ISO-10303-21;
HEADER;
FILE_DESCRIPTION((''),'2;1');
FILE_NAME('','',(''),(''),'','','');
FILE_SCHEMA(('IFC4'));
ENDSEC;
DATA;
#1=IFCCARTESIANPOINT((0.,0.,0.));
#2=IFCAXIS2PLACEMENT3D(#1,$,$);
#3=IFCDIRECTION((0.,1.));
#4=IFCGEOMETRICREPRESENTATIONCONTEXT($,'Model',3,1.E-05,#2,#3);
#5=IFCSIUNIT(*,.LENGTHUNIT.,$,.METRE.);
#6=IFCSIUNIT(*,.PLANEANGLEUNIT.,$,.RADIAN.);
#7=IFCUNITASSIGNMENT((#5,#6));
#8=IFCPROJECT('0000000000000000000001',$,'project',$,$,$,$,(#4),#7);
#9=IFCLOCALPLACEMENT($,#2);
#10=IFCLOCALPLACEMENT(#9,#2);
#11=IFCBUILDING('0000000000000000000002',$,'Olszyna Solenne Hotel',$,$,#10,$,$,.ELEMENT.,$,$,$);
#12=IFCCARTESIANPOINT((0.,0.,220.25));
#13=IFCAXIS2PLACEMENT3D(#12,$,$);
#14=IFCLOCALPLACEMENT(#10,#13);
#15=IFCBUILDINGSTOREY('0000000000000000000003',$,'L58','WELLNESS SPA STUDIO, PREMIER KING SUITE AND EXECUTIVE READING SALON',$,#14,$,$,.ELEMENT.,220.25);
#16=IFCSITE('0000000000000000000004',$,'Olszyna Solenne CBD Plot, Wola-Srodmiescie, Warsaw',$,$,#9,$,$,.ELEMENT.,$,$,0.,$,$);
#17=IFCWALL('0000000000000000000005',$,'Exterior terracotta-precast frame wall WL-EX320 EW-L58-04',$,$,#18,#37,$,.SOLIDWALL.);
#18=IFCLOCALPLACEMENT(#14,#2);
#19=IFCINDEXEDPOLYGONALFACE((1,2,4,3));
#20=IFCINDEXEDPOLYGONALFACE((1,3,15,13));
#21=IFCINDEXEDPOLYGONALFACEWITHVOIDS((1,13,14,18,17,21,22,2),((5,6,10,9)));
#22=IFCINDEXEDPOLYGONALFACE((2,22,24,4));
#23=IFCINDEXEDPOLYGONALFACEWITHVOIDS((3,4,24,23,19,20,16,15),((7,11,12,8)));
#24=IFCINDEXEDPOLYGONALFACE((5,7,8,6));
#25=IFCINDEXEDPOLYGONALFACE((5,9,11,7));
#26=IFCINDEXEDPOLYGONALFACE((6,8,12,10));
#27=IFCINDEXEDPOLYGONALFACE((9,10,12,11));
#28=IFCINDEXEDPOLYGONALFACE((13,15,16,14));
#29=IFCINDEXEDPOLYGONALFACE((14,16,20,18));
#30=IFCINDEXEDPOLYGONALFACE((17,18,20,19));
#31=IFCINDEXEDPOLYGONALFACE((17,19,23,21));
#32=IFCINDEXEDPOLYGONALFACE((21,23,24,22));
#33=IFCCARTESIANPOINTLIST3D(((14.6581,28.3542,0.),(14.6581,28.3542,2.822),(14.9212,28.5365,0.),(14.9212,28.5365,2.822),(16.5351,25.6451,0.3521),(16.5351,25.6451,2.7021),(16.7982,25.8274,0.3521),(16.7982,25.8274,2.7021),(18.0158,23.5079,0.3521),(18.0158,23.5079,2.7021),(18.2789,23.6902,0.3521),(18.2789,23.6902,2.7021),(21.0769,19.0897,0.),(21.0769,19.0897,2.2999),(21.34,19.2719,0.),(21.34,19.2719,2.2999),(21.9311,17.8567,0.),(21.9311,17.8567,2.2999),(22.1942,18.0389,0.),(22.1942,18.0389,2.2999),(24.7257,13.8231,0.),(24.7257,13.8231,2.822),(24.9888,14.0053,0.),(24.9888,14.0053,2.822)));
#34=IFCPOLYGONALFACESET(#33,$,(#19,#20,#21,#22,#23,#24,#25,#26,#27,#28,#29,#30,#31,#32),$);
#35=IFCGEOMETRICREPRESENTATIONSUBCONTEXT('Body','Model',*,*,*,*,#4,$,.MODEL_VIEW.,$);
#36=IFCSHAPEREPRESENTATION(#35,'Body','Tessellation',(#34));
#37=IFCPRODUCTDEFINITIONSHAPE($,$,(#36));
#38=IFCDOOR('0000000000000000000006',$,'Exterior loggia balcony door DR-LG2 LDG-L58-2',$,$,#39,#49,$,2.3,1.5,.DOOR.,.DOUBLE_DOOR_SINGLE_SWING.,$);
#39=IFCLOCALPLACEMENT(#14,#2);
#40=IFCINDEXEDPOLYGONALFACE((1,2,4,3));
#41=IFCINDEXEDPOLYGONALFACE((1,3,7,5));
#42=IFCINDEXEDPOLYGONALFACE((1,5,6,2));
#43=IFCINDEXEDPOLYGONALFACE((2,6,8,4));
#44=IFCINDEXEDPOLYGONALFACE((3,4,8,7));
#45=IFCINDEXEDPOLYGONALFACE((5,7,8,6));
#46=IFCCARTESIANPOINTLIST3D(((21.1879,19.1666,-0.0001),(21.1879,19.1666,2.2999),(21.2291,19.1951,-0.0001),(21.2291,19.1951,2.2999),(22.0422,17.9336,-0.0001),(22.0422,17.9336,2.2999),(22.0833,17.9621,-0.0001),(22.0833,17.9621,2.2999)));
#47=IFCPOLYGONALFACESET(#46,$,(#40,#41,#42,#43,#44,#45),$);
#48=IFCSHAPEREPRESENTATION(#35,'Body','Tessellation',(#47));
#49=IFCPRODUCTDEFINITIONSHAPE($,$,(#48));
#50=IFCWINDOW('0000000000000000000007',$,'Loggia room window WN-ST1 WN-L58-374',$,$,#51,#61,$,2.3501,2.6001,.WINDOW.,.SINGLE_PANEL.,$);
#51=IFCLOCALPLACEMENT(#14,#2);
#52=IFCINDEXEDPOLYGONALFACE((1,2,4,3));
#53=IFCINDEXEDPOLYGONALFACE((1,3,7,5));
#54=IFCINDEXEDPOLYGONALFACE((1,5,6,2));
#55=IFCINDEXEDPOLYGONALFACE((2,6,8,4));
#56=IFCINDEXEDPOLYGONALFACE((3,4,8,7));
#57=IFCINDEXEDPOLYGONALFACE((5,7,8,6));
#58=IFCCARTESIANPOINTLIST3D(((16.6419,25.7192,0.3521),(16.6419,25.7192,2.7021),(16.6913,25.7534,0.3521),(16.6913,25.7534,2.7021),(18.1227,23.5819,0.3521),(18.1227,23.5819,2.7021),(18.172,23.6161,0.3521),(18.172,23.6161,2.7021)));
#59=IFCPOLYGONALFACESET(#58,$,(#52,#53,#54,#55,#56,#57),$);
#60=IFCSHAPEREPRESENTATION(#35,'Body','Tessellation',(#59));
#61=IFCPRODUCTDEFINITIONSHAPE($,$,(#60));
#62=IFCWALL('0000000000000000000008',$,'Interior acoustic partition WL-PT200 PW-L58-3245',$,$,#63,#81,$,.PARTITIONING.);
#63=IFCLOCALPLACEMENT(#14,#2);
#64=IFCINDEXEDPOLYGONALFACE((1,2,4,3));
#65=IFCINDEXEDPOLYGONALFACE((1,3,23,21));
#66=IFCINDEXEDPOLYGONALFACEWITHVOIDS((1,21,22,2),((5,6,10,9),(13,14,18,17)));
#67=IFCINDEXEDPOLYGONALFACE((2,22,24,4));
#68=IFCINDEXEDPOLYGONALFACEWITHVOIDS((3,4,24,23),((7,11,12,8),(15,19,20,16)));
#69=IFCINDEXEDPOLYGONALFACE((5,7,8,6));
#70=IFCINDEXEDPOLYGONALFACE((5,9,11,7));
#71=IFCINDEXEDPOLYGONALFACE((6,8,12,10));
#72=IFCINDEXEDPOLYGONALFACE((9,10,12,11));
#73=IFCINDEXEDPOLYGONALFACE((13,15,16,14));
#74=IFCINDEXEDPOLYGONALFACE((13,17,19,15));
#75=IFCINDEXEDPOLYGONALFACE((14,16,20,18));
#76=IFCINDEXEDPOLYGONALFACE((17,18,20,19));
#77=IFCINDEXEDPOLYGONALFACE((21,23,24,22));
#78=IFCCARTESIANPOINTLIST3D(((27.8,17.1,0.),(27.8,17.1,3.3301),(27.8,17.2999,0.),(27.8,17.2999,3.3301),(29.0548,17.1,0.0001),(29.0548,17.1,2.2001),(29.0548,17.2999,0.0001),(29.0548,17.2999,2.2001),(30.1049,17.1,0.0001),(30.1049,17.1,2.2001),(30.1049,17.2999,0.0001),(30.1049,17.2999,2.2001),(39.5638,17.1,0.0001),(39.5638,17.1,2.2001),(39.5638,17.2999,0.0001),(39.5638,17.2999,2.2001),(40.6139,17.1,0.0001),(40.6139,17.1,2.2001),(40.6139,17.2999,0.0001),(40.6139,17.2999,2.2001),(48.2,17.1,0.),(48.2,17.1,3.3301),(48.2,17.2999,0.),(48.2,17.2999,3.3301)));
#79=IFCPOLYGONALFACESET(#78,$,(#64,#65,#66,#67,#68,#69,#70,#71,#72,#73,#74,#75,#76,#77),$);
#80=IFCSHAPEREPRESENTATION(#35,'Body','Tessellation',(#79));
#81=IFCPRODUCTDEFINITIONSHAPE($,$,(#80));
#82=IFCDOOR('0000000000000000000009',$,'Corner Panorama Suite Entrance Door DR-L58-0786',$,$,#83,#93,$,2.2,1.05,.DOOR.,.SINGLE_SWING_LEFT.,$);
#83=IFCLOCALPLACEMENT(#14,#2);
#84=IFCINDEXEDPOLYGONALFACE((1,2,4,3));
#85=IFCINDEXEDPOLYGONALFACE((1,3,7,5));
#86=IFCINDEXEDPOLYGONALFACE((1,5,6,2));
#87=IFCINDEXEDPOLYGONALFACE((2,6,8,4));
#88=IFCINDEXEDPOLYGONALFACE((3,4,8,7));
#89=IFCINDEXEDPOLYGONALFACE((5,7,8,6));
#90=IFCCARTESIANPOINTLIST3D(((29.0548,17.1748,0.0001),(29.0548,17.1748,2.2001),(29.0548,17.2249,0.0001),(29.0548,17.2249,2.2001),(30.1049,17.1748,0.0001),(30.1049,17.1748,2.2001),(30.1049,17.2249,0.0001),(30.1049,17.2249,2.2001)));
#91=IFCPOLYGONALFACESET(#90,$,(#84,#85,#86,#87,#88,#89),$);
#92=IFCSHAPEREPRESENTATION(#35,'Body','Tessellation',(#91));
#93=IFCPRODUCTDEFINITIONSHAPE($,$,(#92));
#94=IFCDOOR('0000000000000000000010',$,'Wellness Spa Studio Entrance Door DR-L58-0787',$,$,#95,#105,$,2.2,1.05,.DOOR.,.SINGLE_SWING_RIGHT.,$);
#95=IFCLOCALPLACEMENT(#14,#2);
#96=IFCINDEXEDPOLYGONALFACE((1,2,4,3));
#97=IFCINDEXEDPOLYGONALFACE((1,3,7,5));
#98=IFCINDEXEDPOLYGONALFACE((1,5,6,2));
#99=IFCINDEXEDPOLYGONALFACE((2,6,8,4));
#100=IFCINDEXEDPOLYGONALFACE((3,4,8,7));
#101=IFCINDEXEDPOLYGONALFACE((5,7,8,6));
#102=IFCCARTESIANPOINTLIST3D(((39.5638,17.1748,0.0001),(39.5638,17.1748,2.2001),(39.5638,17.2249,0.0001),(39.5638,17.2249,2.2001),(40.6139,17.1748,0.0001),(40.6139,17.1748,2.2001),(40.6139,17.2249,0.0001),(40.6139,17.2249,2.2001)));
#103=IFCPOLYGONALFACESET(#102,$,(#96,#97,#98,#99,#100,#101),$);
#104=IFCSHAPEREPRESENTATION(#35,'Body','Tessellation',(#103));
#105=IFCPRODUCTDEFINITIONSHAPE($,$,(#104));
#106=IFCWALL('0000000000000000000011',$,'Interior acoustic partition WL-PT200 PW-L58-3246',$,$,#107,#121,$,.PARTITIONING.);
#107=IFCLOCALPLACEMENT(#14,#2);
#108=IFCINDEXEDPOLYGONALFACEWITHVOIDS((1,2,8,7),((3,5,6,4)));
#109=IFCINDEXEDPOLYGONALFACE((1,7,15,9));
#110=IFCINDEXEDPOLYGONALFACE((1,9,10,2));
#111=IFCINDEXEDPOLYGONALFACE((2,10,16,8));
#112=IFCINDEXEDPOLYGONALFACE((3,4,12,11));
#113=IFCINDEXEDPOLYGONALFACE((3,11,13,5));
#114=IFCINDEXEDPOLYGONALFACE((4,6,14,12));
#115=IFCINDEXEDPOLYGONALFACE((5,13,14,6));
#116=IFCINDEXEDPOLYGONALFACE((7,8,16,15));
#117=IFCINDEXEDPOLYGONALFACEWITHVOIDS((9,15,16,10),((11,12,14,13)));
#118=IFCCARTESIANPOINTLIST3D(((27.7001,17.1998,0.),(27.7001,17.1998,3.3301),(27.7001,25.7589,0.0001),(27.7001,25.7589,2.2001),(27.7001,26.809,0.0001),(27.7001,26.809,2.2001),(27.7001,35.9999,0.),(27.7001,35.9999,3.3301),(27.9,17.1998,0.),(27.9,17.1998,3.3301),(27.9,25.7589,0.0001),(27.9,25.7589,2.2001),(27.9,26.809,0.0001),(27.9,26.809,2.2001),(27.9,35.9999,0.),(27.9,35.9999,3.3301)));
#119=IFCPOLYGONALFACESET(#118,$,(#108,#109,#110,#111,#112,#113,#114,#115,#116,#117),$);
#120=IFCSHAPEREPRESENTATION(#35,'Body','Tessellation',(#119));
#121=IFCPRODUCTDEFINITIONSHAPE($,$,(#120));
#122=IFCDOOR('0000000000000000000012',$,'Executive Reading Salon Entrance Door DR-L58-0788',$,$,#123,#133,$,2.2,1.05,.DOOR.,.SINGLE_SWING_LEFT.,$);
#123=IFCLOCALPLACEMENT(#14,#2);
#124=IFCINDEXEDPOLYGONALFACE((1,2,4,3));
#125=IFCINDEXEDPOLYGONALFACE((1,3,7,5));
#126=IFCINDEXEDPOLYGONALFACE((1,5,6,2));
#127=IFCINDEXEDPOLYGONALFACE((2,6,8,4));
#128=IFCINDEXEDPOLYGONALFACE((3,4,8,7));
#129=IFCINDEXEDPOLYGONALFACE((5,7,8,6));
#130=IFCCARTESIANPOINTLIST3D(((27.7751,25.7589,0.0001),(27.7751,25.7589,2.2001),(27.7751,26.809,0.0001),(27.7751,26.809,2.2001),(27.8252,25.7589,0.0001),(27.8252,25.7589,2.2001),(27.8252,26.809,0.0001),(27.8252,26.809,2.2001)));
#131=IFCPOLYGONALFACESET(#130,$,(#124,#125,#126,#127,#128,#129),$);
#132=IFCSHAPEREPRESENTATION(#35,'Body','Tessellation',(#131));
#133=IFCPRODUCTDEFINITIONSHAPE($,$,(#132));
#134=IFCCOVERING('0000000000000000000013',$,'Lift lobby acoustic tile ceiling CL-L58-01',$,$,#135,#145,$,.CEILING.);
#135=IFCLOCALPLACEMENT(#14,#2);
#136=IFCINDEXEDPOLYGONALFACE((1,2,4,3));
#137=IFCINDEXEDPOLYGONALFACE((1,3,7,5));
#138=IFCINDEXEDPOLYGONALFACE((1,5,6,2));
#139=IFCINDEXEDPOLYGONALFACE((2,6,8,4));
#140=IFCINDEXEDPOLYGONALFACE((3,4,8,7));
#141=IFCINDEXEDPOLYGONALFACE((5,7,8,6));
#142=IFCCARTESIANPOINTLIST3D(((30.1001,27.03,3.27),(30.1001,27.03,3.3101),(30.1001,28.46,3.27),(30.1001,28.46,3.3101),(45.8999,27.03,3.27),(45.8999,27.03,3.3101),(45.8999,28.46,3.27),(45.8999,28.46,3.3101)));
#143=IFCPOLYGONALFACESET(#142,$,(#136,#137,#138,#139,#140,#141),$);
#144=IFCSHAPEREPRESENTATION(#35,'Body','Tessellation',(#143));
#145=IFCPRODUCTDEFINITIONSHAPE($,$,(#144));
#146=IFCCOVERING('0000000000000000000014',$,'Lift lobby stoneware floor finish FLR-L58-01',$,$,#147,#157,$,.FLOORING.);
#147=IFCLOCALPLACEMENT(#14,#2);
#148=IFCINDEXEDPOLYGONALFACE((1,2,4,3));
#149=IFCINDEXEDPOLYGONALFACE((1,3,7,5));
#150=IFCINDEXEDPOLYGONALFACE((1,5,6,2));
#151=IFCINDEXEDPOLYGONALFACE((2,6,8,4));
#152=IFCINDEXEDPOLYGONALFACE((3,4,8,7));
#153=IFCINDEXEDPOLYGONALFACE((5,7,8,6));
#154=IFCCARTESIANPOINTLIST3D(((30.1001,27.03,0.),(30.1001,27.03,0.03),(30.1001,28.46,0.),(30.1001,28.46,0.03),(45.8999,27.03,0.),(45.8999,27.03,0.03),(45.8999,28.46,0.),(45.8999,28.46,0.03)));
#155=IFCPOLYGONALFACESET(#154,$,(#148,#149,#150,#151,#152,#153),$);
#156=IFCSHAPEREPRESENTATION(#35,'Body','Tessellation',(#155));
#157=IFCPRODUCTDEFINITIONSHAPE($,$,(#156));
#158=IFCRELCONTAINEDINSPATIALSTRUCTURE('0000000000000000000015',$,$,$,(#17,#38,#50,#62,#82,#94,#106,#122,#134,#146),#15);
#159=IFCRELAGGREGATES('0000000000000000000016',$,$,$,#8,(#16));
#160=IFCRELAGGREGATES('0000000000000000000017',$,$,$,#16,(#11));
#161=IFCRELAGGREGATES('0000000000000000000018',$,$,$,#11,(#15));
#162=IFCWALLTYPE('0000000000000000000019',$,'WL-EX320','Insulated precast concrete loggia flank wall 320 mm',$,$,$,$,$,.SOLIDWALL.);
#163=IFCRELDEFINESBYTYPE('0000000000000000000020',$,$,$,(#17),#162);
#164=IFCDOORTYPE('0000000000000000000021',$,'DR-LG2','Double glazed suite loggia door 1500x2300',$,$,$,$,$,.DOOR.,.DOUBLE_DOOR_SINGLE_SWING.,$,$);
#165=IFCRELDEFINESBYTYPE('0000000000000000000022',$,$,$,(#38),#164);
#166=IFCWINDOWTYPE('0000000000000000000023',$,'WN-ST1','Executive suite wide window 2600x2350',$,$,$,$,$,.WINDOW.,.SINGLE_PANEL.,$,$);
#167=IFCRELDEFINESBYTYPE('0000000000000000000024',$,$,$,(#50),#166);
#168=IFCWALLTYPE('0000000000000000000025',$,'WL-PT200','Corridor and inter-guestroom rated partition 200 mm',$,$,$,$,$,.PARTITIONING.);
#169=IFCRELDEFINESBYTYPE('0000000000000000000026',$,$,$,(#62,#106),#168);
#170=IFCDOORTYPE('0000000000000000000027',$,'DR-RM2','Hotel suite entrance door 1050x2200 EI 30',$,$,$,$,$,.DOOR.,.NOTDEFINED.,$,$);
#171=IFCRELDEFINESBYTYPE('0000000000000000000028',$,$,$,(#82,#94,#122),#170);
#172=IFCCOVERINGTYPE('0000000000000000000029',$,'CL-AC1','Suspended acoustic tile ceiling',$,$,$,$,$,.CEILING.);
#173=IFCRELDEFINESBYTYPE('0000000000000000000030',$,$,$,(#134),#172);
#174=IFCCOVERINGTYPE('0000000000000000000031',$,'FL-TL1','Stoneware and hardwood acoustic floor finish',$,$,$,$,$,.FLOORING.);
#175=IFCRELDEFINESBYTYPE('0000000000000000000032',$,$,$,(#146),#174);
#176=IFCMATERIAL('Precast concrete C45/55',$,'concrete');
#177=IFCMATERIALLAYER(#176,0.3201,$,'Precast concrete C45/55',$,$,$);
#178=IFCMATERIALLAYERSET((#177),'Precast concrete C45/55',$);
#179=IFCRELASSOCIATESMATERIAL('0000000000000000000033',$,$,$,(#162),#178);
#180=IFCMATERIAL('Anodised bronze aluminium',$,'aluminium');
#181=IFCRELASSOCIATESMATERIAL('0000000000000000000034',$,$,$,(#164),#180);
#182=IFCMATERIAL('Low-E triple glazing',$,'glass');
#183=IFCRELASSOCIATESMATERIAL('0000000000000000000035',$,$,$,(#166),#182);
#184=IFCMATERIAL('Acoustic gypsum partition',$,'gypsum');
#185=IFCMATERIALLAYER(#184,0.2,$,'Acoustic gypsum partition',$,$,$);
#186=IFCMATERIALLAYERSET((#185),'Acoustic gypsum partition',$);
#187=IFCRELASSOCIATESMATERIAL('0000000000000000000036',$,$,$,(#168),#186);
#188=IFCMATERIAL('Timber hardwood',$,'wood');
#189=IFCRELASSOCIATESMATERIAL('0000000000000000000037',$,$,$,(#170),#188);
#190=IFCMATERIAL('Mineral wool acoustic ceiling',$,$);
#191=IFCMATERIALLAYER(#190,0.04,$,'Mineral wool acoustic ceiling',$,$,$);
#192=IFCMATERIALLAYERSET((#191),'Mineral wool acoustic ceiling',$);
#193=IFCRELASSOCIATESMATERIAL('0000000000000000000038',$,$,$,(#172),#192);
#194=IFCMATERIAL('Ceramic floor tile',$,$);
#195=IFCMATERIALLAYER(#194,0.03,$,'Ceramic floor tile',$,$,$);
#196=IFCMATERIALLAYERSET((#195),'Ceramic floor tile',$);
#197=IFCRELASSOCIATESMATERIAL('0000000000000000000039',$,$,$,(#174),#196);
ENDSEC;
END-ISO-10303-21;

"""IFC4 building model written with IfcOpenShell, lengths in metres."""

from ifc_helpers import new_model, si_unit, direction, frame, frame_2d, origin, place, context, subcontext, project, spatial, polyline, rectangle, outline, extrude, source, transform, mapped, material, layer, layer_set, type_object, type_shapes, element, fill, save


model = new_model("IFC4")

# Units and contexts
model_context = context("Model", 3, precision=1e-05, world=origin(), true_north=direction((0.0, 1.0)))
body_context = subcontext(model_context, "Body", "Model", "MODEL_VIEW")
ifc_project = project(units=[si_unit("LENGTHUNIT", "METRE"), si_unit("PLANEANGLEUNIT", "RADIAN")], contexts=[model_context])

# Site, building, storey
site_placement = place(None, origin())
site = spatial("IfcSite", under=ifc_project, at=site_placement, Name="Olszyna Solenne CBD Plot, Wola-Srodmiescie, Warsaw", CompositionType="ELEMENT", RefElevation=0.0)
building_placement = place(site_placement, origin())
building = spatial("IfcBuilding", under=site, at=building_placement, Name="Olszyna Solenne Hotel", CompositionType="ELEMENT")
storey_placement = place(building_placement, frame((0.0, 0.0, 220.25)))
storey = spatial("IfcBuildingStorey", under=building, at=storey_placement, Name="L58", Description="WELLNESS SPA STUDIO, PREMIER KING SUITE AND EXECUTIVE READING SALON", CompositionType="ELEMENT", Elevation=220.25)

# Shared definitions
ifc_material_1 = material(Name="Anodised bronze aluminium", Category="aluminium")

# Shared definitions
ifc_material_2 = material(Name="Precast concrete C45/55", Category="concrete")

# Shared definitions
ifc_material_3 = material(Name="Low-E triple glazing", Category="glass")

# Wall, openings, door, window
ifc_layer_1 = layer(ifc_material_2, 0.3201, Name="Precast concrete C45/55")
ifc_layer_set_1 = layer_set([ifc_layer_1], Name="Precast concrete C45/55")
wall_type_1 = type_object("IfcWallType", Name="WL-EX320", Description="Insulated precast concrete loggia flank wall 320 mm", PredefinedType="SOLIDWALL", material=ifc_layer_set_1)
wall_1_placement = place(storey_placement, frame((24.8572, 13.9143, 0.0), z_axis=(0.0, 0.0, 1.0), x_axis=(-0.569498, 0.821993, 0.0)))
wall_1 = element("IfcWall", 1, at=wall_1_placement, inside=storey, type_object=wall_type_1, Name="Exterior terracotta-precast frame wall WL-EX320 EW-L58-04", PredefinedType="SOLIDWALL", context=body_context, shape_type="SweptSolid", body=[
    extrude(rectangle(XDim=17.678, YDim=0.3201, at=frame_2d((8.8389, 0.0))), origin(), (0.0, 0.0, 1.0), 2.822),
])
opening_1_placement = place(wall_1_placement, frame((4.907, 0.0, 0.0)))
opening_1 = element("IfcOpeningElement", 2, at=opening_1_placement, cuts=wall_1, PredefinedType="OPENING", context=body_context, shape_type="SweptSolid", body=[
    extrude(rectangle(XDim=1.5, YDim=2.3, at=frame_2d((0.75, 1.1499))), frame((0.0, 0.1699, 0.0), z_axis=(0.0, -1.0, 0.0), x_axis=(1.0, 0.0, 0.0)), (0.0, 0.0, 1.0), 0.3401),
])
opening_2_placement = place(wall_1_placement, frame((11.782, 0.0, 0.3521)))
opening_2 = element("IfcOpeningElement", 3, at=opening_2_placement, cuts=wall_1, PredefinedType="OPENING", context=body_context, shape_type="SweptSolid", body=[
    extrude(rectangle(XDim=2.6001, YDim=2.3501, at=frame_2d((1.3, 1.175))), frame((0.0, 0.1699, 0.0), z_axis=(0.0, -1.0, 0.0), x_axis=(1.0, 0.0, 0.0)), (0.0, 0.0, 1.0), 0.3401),
])
door_type_1 = type_object("IfcDoorType", Name="DR-LG2", Description="Double glazed suite loggia door 1500x2300", OperationType="DOUBLE_DOOR_SINGLE_SWING", PredefinedType="DOOR", material=ifc_material_1)
shared_shape_1 = source(origin(), body_context, "Body", "SweptSolid", [
    extrude(rectangle(XDim=1.5, YDim=2.3, at=frame_2d((0.75, 1.1499))), frame((0.0, 0.0249, 0.0), z_axis=(0.0, -1.0, 0.0), x_axis=(1.0, 0.0, 0.0)), (0.0, 0.0, 1.0), 0.05),
])
type_shapes(door_type_1, [shared_shape_1])
door_1_placement = place(opening_1_placement, origin())
door_1 = element("IfcDoor", 4, at=door_1_placement, inside=storey, type_object=door_type_1, Name="Exterior loggia balcony door DR-LG2 LDG-L58-2", OperationType="DOUBLE_DOOR_SINGLE_SWING", OverallHeight=2.3, OverallWidth=1.5, PredefinedType="DOOR", context=body_context, shape_type="MappedRepresentation", body=[
    mapped(shared_shape_1, transform((0.0, 0.0, 0.0), x_axis=(1.0, 0.0, 0.0), y_axis=(0.0, 1.0, 0.0), z_axis=(0.0, 0.0, 1.0), scale=1.0)),
])
fill(opening_1, door_1)
window_type = type_object("IfcWindowType", Name="WN-ST1", Description="Executive suite wide window 2600x2350", PartitioningType="SINGLE_PANEL", PredefinedType="WINDOW", material=ifc_material_3)
shared_shape_2 = source(origin(), body_context, "Body", "SweptSolid", [
    extrude(rectangle(XDim=2.6001, YDim=2.3501, at=frame_2d((1.3, 1.175))), frame((0.0, 0.03, 0.0), z_axis=(0.0, -1.0, 0.0), x_axis=(1.0, 0.0, 0.0)), (0.0, 0.0, 1.0), 0.0601),
])
type_shapes(window_type, [shared_shape_2])
window_placement = place(opening_2_placement, origin())
window = element("IfcWindow", 5, at=window_placement, inside=storey, type_object=window_type, Name="Loggia room window WN-ST1 WN-L58-374", OverallHeight=2.3501, OverallWidth=2.6001, PartitioningType="SINGLE_PANEL", PredefinedType="WINDOW", context=body_context, shape_type="MappedRepresentation", body=[
    mapped(shared_shape_2, transform((0.0, 0.0, 0.0), x_axis=(1.0, 0.0, 0.0), y_axis=(0.0, 1.0, 0.0), z_axis=(0.0, 0.0, 1.0), scale=1.0)),
])
fill(opening_2, window)

# Wall, openings, doors
ifc_material_4 = material(Name="Acoustic gypsum partition", Category="gypsum")
ifc_layer_2 = layer(ifc_material_4, 0.2, Name="Acoustic gypsum partition")
ifc_layer_set_2 = layer_set([ifc_layer_2], Name="Acoustic gypsum partition")
wall_type_2 = type_object("IfcWallType", Name="WL-PT200", Description="Corridor and inter-guestroom rated partition 200 mm", PredefinedType="PARTITIONING", material=ifc_layer_set_2)
wall_2_placement = place(storey_placement, frame((27.8, 17.2, 0.0), z_axis=(0.0, 0.0, 1.0), x_axis=(1.0, 0.0, 0.0)))
wall_2 = element("IfcWall", 6, at=wall_2_placement, inside=storey, type_object=wall_type_2, Name="Interior acoustic partition WL-PT200 PW-L58-3245", PredefinedType="PARTITIONING", context=body_context, shape_type="SweptSolid", body=[
    extrude(rectangle(XDim=20.3999, YDim=0.2, at=frame_2d((10.2, 0.0))), origin(), (0.0, 0.0, 1.0), 3.3301),
])
opening_3_placement = place(wall_2_placement, frame((1.2549, 0.0, 0.0)))
opening_3 = element("IfcOpeningElement", 7, at=opening_3_placement, cuts=wall_2, PredefinedType="OPENING", context=body_context, shape_type="SweptSolid", body=[
    extrude(rectangle(XDim=1.05, YDim=2.2, at=frame_2d((0.5249, 1.1001))), frame((0.0, 0.1099, 0.0), z_axis=(0.0, -1.0, 0.0), x_axis=(1.0, 0.0, 0.0)), (0.0, 0.0, 1.0), 0.22),
])
opening_4_placement = place(wall_2_placement, frame((11.7639, 0.0, 0.0)))
opening_4 = element("IfcOpeningElement", 8, at=opening_4_placement, cuts=wall_2, PredefinedType="OPENING", context=body_context, shape_type="SweptSolid", body=[
    extrude(rectangle(XDim=1.05, YDim=2.2, at=frame_2d((0.5249, 1.1001))), frame((0.0, 0.1099, 0.0), z_axis=(0.0, -1.0, 0.0), x_axis=(1.0, 0.0, 0.0)), (0.0, 0.0, 1.0), 0.22),
])
ifc_material_5 = material(Name="Timber hardwood", Category="wood")
door_type_2 = type_object("IfcDoorType", Name="DR-RM2", Description="Hotel suite entrance door 1050x2200 EI 30", OperationType="NOTDEFINED", PredefinedType="DOOR", material=ifc_material_5)
shared_shape_3 = source(origin(), body_context, "Body", "SweptSolid", [
    extrude(rectangle(XDim=1.05, YDim=2.2, at=frame_2d((0.5249, 1.1001))), frame((0.0, 0.0249, 0.0), z_axis=(0.0, -1.0, 0.0), x_axis=(1.0, 0.0, 0.0)), (0.0, 0.0, 1.0), 0.05),
])
type_shapes(door_type_2, [shared_shape_3])
door_2_placement = place(opening_3_placement, origin())
door_2 = element("IfcDoor", 9, at=door_2_placement, inside=storey, type_object=door_type_2, Name="Corner Panorama Suite Entrance Door DR-L58-0786", OperationType="SINGLE_SWING_LEFT", OverallHeight=2.2, OverallWidth=1.05, PredefinedType="DOOR", context=body_context, shape_type="MappedRepresentation", body=[
    mapped(shared_shape_3, transform((0.0, 0.0, 0.0), x_axis=(1.0, 0.0, 0.0), y_axis=(0.0, 1.0, 0.0), z_axis=(0.0, 0.0, 1.0), scale=1.0)),
])
fill(opening_3, door_2)
door_3_placement = place(opening_4_placement, origin())
door_3 = element("IfcDoor", 10, at=door_3_placement, inside=storey, type_object=door_type_2, Name="Wellness Spa Studio Entrance Door DR-L58-0787", OperationType="SINGLE_SWING_RIGHT", OverallHeight=2.2, OverallWidth=1.05, PredefinedType="DOOR", context=body_context, shape_type="MappedRepresentation", body=[
    mapped(shared_shape_3, transform((0.0, 0.0, 0.0), x_axis=(1.0, 0.0, 0.0), y_axis=(0.0, 1.0, 0.0), z_axis=(0.0, 0.0, 1.0), scale=1.0)),
])
fill(opening_4, door_3)

# Wall, opening, door
wall_3_placement = place(storey_placement, frame((27.8, 17.2, 0.0), z_axis=(0.0, 0.0, 1.0), x_axis=(0.0, 1.0, 0.0)))
wall_3 = element("IfcWall", 11, at=wall_3_placement, inside=storey, type_object=wall_type_2, Name="Interior acoustic partition WL-PT200 PW-L58-3246", PredefinedType="PARTITIONING", context=body_context, shape_type="SweptSolid", body=[
    extrude(rectangle(XDim=18.8, YDim=0.2, at=frame_2d((9.3999, 0.0))), origin(), (0.0, 0.0, 1.0), 3.3301),
])
opening_5_placement = place(wall_3_placement, frame((8.5591, 0.0, 0.0)))
opening_5 = element("IfcOpeningElement", 12, at=opening_5_placement, cuts=wall_3, PredefinedType="OPENING", context=body_context, shape_type="SweptSolid", body=[
    extrude(rectangle(XDim=1.05, YDim=2.2, at=frame_2d((0.5249, 1.1001))), frame((0.0, 0.1099, 0.0), z_axis=(0.0, -1.0, 0.0), x_axis=(1.0, 0.0, 0.0)), (0.0, 0.0, 1.0), 0.22),
])
door_4_placement = place(opening_5_placement, origin())
door_4 = element("IfcDoor", 13, at=door_4_placement, inside=storey, type_object=door_type_2, Name="Executive Reading Salon Entrance Door DR-L58-0788", OperationType="SINGLE_SWING_LEFT", OverallHeight=2.2, OverallWidth=1.05, PredefinedType="DOOR", context=body_context, shape_type="MappedRepresentation", body=[
    mapped(shared_shape_3, transform((0.0, 0.0, 0.0), x_axis=(1.0, 0.0, 0.0), y_axis=(0.0, 1.0, 0.0), z_axis=(0.0, 0.0, 1.0), scale=1.0)),
])
fill(opening_5, door_4)

# Coverings
ifc_material_6 = material(Name="Mineral wool acoustic ceiling")
ifc_layer_3 = layer(ifc_material_6, 0.04, Name="Mineral wool acoustic ceiling")
ifc_layer_set_3 = layer_set([ifc_layer_3], Name="Mineral wool acoustic ceiling")
covering_type_1 = type_object("IfcCoveringType", Name="CL-AC1", Description="Suspended acoustic tile ceiling", PredefinedType="CEILING", material=ifc_layer_set_3)
covering_1_placement = place(storey_placement, frame((0.0, 0.0, 3.27)))
element("IfcCovering", 14, at=covering_1_placement, inside=storey, type_object=covering_type_1, Name="Lift lobby acoustic tile ceiling CL-L58-01", PredefinedType="CEILING", context=body_context, shape_type="SweptSolid", body=[
    extrude(outline(polyline([(30.1001, 27.03), (45.8999, 27.03), (45.8999, 28.46), (30.1001, 28.46), (30.1001, 27.03)])), origin(), (0.0, 0.0, 1.0), 0.04),
])
ifc_material_7 = material(Name="Ceramic floor tile")
ifc_layer_4 = layer(ifc_material_7, 0.03, Name="Ceramic floor tile")
ifc_layer_set_4 = layer_set([ifc_layer_4], Name="Ceramic floor tile")
covering_type_2 = type_object("IfcCoveringType", Name="FL-TL1", Description="Stoneware and hardwood acoustic floor finish", PredefinedType="FLOORING", material=ifc_layer_set_4)
covering_2_placement = place(storey_placement, origin())
element("IfcCovering", 15, at=covering_2_placement, inside=storey, type_object=covering_type_2, Name="Lift lobby stoneware floor finish FLR-L58-01", PredefinedType="FLOORING", context=body_context, shape_type="SweptSolid", body=[
    extrude(outline(polyline([(30.1001, 27.03), (45.8999, 27.03), (45.8999, 28.46), (30.1001, 28.46), (30.1001, 27.03)])), origin(), (0.0, 0.0, 1.0), 0.03),
])

save(model, "model.ifc")
